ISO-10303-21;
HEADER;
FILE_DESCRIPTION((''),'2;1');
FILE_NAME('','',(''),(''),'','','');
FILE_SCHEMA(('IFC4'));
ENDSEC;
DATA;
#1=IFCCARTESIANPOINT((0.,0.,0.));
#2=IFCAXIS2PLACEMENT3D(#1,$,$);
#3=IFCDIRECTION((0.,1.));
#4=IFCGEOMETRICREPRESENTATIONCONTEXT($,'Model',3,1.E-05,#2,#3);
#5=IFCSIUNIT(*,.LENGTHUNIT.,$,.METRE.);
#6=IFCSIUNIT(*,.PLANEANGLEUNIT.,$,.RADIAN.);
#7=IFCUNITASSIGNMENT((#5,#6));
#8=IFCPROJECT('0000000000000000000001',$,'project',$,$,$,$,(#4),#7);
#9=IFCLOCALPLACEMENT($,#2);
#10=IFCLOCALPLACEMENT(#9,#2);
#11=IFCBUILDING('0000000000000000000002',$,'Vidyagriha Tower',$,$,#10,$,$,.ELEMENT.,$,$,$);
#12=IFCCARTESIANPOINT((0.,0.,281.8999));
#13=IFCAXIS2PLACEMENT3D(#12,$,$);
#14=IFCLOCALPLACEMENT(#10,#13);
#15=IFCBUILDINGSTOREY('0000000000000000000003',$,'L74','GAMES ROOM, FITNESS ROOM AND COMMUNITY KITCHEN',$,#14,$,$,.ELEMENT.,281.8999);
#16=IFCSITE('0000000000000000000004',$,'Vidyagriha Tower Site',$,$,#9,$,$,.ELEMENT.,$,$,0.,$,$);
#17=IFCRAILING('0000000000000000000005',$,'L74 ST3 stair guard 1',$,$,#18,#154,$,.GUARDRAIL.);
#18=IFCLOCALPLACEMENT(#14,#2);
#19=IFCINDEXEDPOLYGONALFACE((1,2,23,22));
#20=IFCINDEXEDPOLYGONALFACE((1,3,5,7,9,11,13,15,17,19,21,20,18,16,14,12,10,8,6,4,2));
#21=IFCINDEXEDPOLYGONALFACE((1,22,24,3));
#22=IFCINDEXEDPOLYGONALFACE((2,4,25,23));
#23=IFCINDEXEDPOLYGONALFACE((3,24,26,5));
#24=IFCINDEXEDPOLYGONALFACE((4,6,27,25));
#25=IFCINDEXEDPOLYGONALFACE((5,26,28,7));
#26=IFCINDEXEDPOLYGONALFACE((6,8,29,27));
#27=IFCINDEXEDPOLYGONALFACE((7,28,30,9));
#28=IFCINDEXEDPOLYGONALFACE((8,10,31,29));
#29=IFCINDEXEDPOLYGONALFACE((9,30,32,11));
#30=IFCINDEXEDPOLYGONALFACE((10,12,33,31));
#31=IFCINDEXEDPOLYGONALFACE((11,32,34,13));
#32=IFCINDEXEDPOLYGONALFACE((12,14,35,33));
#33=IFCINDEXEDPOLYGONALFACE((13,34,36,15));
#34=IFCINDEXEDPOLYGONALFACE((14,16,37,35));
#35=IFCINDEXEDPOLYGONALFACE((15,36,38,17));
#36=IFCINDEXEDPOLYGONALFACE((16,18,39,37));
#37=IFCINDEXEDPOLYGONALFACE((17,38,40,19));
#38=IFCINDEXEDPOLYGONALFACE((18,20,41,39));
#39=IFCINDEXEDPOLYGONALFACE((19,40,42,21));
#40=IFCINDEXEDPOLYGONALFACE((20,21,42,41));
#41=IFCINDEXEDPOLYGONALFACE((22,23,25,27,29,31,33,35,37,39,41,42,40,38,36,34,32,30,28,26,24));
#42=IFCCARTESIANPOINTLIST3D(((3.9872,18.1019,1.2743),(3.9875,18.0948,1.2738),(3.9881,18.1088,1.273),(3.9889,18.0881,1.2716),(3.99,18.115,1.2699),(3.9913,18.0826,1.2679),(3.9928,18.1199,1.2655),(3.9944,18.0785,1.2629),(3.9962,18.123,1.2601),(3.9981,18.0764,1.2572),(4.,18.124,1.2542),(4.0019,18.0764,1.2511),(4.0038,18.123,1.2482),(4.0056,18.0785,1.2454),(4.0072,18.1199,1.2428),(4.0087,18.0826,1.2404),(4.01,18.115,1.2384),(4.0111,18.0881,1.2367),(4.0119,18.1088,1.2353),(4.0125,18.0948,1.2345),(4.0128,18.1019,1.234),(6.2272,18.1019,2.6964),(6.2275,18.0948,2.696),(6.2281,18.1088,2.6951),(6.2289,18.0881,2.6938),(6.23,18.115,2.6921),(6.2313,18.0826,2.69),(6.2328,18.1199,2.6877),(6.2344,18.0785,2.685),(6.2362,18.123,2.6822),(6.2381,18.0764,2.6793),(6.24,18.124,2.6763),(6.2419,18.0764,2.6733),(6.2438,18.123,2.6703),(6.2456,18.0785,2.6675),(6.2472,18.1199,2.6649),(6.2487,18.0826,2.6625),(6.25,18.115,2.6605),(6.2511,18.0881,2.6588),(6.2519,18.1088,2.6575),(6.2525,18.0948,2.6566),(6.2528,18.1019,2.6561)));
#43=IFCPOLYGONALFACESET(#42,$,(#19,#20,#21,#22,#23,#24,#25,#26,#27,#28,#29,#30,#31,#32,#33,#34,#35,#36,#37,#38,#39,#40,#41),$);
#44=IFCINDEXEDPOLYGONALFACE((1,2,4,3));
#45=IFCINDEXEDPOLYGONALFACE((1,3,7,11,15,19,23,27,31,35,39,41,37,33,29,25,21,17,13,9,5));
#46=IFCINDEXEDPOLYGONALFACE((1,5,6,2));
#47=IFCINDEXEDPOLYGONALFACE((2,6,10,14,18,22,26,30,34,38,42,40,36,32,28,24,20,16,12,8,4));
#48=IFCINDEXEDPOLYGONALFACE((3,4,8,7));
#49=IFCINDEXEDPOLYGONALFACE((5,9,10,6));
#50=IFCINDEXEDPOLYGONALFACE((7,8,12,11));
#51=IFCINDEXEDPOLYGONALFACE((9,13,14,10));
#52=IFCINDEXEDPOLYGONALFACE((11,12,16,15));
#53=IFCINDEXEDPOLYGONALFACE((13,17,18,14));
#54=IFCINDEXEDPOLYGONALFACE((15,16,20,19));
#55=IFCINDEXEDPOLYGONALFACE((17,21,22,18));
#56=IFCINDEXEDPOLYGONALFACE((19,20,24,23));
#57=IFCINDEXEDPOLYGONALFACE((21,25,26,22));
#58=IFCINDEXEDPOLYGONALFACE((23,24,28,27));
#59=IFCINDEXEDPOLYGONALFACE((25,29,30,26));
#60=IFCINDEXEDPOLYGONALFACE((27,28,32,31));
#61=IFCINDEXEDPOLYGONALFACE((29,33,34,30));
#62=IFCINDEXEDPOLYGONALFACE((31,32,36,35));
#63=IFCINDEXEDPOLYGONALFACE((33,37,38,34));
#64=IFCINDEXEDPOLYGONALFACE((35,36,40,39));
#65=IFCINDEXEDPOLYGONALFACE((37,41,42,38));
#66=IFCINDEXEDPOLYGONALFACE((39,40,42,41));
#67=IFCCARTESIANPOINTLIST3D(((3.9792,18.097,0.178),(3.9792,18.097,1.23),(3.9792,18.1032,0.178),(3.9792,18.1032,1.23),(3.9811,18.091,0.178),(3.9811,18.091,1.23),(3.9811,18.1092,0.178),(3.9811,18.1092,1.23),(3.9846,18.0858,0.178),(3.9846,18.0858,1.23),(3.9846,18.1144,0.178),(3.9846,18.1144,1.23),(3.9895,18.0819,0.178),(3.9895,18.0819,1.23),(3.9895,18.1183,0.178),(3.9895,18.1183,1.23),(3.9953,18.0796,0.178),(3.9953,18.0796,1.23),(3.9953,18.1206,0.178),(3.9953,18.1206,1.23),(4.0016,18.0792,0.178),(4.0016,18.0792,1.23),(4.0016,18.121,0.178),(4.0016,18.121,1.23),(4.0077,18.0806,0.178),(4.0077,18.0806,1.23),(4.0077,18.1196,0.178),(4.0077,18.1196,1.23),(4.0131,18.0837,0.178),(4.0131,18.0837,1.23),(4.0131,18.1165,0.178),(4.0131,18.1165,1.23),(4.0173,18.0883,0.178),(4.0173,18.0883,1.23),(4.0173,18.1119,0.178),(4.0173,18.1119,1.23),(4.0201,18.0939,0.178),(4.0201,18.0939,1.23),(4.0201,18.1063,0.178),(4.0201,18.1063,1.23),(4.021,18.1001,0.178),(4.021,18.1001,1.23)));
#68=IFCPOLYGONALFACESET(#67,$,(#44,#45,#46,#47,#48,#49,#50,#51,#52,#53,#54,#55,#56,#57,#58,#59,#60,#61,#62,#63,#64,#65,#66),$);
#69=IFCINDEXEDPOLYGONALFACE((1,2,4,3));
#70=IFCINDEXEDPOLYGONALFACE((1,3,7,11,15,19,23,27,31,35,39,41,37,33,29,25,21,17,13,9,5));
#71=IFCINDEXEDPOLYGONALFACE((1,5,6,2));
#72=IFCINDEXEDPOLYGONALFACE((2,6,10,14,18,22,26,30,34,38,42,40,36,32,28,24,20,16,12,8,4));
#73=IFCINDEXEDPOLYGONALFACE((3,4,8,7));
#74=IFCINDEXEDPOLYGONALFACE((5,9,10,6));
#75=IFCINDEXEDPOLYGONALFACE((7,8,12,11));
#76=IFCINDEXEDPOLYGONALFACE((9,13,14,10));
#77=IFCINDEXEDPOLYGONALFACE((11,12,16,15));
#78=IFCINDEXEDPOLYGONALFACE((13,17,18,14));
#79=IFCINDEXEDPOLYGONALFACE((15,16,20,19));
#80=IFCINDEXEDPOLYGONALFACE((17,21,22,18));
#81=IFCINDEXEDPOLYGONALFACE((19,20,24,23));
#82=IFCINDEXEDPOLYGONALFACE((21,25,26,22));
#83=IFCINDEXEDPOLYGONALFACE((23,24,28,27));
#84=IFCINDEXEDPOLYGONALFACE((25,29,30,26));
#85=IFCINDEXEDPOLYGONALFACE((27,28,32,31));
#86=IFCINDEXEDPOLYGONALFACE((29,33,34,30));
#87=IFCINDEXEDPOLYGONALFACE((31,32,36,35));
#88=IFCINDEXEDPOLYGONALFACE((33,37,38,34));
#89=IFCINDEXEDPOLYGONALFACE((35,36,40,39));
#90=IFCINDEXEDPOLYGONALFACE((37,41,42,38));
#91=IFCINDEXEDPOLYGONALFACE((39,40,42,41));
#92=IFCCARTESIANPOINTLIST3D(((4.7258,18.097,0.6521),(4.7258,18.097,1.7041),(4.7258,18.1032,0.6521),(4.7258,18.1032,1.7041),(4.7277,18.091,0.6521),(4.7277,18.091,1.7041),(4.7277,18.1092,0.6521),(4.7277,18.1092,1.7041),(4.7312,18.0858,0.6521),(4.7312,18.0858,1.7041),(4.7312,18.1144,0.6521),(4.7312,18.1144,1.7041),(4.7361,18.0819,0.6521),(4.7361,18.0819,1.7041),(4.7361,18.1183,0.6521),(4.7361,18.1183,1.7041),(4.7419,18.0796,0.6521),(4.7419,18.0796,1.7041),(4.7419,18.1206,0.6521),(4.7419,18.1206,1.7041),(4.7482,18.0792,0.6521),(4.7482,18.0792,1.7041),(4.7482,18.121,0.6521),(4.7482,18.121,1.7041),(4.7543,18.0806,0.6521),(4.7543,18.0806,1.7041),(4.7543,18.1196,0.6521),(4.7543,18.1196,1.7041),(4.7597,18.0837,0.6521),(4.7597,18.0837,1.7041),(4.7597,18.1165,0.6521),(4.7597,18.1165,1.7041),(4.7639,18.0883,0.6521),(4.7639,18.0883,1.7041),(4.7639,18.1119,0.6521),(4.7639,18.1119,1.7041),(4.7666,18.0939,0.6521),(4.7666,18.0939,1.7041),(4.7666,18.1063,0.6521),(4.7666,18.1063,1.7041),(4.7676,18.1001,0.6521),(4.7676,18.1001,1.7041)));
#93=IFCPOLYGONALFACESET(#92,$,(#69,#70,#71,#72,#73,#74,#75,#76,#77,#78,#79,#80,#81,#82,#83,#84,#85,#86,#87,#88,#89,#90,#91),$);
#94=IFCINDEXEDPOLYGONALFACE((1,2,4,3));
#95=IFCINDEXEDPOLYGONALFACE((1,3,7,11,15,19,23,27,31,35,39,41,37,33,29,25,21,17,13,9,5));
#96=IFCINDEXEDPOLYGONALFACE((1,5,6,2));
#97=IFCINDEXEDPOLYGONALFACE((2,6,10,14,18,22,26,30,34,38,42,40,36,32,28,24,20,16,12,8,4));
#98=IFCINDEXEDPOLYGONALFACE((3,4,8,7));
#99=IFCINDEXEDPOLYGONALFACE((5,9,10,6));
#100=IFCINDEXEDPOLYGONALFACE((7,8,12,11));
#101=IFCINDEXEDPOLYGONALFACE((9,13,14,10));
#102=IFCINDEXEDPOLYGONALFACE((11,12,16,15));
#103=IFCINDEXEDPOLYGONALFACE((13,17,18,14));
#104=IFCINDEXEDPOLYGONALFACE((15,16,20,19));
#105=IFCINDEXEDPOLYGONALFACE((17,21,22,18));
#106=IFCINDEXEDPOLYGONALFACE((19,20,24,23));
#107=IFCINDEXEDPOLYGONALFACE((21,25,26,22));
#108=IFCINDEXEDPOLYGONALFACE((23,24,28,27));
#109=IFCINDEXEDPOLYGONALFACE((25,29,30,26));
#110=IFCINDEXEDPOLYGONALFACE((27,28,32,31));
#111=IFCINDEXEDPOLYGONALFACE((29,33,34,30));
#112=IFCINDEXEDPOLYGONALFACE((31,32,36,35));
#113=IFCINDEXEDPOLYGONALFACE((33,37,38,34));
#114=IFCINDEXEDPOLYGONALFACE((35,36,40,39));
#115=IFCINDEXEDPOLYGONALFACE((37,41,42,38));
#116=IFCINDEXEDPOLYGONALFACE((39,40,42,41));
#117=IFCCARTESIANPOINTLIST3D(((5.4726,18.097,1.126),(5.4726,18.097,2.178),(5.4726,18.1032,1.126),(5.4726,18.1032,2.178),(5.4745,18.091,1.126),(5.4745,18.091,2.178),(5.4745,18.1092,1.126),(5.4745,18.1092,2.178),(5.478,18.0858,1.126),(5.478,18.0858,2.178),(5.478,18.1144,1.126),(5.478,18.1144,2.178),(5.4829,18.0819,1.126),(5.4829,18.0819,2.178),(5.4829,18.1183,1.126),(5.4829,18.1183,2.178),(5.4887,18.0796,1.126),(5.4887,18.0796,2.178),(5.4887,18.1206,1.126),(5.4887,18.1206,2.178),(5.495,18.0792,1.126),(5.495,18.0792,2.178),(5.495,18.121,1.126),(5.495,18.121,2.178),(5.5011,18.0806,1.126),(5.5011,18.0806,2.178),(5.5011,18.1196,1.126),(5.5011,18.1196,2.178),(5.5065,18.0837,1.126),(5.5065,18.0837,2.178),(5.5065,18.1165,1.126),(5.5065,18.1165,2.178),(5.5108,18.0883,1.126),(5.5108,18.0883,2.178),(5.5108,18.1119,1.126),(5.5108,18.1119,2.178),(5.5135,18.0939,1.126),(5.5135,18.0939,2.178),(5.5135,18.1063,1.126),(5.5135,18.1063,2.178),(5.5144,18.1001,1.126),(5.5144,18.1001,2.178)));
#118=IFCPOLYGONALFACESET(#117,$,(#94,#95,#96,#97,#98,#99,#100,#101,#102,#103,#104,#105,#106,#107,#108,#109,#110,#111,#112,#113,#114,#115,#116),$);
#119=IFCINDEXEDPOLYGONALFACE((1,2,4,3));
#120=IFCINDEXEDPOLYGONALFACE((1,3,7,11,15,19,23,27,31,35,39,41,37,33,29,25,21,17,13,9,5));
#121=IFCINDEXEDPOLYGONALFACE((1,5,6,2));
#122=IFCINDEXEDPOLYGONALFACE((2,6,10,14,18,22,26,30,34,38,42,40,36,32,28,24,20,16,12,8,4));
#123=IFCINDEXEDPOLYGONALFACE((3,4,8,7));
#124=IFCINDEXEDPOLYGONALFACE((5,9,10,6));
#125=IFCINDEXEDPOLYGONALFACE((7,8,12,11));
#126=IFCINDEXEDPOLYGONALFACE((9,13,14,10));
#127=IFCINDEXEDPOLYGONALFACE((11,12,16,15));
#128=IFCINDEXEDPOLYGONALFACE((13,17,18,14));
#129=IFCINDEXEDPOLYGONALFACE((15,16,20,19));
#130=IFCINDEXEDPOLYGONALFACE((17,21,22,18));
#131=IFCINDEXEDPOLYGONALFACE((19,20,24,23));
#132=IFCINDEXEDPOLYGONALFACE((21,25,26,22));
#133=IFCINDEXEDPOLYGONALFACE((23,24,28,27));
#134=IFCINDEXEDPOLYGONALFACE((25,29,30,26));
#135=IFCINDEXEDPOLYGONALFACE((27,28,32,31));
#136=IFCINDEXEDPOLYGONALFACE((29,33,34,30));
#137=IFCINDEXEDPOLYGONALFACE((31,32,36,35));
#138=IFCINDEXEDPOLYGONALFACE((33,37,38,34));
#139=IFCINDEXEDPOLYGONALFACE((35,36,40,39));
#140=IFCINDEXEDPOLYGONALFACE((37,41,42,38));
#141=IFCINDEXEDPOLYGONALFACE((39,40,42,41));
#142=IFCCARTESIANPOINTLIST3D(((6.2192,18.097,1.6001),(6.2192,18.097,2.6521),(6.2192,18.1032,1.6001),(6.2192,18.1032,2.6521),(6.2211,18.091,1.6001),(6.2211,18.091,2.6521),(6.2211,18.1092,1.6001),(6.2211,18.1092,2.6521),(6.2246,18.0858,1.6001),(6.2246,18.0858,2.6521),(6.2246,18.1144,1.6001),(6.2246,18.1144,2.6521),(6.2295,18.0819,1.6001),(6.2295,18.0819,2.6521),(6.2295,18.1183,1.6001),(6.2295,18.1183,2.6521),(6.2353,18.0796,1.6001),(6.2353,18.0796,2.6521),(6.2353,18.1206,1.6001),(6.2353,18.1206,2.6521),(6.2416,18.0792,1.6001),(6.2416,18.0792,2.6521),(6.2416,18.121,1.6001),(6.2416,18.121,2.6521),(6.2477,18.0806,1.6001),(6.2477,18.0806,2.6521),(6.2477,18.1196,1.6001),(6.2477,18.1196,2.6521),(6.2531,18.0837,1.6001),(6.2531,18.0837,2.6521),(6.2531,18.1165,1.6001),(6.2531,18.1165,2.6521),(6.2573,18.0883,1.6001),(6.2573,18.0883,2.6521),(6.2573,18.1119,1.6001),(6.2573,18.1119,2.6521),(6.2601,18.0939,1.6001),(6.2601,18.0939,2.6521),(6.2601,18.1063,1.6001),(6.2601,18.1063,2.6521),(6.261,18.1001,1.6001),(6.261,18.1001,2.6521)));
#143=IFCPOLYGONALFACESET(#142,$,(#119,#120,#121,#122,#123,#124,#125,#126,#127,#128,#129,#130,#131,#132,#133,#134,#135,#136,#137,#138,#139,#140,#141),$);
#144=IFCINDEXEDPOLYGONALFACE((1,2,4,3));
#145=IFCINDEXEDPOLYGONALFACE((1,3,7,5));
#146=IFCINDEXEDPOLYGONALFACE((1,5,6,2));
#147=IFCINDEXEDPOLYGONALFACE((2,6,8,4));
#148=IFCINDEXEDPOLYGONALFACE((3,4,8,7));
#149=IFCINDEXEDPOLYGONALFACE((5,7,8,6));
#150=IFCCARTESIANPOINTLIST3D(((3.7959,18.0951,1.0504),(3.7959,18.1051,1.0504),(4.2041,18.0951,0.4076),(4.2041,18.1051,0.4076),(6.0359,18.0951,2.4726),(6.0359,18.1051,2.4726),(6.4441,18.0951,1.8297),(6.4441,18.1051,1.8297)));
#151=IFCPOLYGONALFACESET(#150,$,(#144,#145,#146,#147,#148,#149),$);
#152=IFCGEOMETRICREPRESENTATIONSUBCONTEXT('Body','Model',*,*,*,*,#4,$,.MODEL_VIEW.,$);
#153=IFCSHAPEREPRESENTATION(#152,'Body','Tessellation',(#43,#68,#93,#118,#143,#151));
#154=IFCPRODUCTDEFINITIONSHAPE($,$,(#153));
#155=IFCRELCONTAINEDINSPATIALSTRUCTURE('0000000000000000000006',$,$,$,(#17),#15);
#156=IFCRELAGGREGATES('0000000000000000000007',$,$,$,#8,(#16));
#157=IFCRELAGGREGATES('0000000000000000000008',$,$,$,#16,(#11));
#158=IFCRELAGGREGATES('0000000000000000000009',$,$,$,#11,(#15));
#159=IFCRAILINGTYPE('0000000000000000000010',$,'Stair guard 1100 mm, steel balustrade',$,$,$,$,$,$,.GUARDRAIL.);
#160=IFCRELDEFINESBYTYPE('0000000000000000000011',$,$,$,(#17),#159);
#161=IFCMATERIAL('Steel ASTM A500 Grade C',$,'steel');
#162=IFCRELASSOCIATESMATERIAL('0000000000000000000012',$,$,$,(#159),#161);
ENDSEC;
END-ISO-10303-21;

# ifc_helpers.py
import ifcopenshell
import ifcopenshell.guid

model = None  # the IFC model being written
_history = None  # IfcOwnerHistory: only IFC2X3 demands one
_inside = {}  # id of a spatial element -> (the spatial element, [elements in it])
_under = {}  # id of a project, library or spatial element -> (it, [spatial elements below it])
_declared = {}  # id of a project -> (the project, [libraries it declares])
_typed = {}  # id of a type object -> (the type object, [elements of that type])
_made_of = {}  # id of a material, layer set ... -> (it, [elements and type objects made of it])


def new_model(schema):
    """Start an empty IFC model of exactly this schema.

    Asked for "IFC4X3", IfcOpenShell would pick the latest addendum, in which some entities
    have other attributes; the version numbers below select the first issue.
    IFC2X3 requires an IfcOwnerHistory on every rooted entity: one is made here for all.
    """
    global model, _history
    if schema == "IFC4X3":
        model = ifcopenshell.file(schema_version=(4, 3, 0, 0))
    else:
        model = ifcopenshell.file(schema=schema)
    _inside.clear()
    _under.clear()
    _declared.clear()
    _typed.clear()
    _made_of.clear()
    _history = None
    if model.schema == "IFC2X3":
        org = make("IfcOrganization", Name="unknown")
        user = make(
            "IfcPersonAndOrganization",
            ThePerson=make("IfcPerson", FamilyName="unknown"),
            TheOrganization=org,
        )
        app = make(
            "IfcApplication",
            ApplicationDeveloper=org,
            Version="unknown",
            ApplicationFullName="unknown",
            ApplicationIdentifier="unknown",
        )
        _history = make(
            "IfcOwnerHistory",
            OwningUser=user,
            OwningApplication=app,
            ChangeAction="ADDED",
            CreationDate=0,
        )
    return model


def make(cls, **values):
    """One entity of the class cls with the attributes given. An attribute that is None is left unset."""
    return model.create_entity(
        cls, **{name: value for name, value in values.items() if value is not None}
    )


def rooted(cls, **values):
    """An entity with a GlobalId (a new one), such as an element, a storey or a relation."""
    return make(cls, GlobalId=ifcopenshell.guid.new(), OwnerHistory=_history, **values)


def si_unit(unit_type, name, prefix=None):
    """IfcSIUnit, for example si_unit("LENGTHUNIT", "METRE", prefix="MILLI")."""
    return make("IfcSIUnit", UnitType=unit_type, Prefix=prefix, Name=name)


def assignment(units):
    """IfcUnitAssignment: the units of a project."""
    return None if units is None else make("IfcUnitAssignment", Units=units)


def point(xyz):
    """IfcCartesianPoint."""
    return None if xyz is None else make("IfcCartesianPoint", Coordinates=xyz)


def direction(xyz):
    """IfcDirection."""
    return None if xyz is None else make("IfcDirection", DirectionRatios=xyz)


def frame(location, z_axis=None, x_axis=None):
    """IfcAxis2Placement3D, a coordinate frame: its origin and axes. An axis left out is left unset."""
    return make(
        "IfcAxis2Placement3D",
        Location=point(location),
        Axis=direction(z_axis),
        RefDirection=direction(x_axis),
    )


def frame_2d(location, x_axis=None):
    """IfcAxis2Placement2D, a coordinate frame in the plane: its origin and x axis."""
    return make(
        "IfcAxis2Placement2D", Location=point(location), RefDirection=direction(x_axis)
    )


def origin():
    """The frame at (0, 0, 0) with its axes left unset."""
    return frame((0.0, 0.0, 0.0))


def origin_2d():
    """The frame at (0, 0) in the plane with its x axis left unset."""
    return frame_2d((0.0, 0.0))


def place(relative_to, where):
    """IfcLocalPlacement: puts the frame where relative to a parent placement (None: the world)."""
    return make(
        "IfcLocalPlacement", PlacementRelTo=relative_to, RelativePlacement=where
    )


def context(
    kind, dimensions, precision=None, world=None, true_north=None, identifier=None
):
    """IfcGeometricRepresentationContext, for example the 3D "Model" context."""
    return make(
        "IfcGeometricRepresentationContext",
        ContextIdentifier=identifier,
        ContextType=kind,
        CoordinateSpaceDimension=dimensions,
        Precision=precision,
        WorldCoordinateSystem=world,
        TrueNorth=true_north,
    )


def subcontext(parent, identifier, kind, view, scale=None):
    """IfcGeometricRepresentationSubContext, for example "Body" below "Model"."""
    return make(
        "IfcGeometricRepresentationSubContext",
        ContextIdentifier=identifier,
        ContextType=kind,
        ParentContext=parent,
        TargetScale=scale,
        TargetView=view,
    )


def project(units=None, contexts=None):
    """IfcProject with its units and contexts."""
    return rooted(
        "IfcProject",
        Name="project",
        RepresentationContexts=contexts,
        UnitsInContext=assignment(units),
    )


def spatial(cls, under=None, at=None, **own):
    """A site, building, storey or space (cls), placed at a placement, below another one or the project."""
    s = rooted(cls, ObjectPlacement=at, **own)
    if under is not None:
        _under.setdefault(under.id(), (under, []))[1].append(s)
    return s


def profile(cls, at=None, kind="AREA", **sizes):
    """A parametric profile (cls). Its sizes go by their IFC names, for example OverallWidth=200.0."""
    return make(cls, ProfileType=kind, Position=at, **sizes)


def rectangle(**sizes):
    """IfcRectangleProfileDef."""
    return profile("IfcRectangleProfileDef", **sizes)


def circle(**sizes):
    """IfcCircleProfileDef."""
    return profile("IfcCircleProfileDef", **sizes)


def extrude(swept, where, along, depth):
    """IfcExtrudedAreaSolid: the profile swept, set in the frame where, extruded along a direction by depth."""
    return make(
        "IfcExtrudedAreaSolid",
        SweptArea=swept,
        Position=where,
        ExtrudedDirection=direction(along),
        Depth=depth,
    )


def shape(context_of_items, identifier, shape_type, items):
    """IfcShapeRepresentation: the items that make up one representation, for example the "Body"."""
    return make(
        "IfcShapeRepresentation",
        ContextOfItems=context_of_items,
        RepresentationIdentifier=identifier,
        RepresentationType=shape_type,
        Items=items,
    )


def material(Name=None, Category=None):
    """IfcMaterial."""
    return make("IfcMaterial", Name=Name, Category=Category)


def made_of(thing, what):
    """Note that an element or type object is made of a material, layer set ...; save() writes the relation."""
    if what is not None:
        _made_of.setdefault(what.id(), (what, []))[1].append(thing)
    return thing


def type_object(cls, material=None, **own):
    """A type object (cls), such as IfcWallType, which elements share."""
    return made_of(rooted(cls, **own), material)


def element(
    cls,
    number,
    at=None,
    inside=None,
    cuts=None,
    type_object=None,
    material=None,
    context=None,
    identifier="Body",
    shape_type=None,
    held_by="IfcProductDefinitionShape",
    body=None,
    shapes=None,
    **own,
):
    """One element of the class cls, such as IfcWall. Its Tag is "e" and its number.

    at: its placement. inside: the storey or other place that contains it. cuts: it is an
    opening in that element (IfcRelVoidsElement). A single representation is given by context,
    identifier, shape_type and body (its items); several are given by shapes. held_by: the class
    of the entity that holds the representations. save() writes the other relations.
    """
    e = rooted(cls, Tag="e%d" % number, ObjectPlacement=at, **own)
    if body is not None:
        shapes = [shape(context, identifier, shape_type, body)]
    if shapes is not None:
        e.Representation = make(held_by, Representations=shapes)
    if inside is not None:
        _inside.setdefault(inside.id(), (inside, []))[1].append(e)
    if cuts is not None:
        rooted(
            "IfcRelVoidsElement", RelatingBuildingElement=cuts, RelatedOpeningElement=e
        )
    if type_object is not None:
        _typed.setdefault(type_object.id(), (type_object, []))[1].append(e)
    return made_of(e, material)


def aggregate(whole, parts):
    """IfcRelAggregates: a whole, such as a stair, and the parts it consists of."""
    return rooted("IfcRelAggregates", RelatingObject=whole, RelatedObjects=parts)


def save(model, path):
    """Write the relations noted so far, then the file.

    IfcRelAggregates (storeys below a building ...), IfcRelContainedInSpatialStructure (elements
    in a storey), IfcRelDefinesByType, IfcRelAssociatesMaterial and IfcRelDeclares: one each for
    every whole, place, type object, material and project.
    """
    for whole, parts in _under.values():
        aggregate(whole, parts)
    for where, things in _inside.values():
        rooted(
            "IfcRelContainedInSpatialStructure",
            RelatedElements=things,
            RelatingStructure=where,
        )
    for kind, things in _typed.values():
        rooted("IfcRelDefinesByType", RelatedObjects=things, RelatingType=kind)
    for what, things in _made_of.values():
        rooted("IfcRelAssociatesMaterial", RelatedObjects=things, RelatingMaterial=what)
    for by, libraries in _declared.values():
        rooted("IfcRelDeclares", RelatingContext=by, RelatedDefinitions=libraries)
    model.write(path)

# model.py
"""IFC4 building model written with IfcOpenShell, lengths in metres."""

from ifc_helpers import new_model, si_unit, direction, frame, origin, origin_2d, place, context, subcontext, project, spatial, rectangle, circle, extrude, material, type_object, element, save


model = new_model("IFC4")

# Units and contexts
model_context = context("Model", 3, precision=1e-05, world=origin(), true_north=direction((0.0, 1.0)))
body_context = subcontext(model_context, "Body", "Model", "MODEL_VIEW")
ifc_project = project(units=[si_unit("LENGTHUNIT", "METRE"), si_unit("PLANEANGLEUNIT", "RADIAN")], contexts=[model_context])

# Site, building, storey
site_placement = place(None, origin())
site = spatial("IfcSite", under=ifc_project, at=site_placement, Name="Vidyagriha Tower Site", CompositionType="ELEMENT", RefElevation=0.0)
building_placement = place(site_placement, origin())
building = spatial("IfcBuilding", under=site, at=building_placement, Name="Vidyagriha Tower", CompositionType="ELEMENT")
storey_placement = place(building_placement, frame((0.0, 0.0, 281.8999)))
storey = spatial("IfcBuildingStorey", under=building, at=storey_placement, Name="L74", Description="GAMES ROOM, FITNESS ROOM AND COMMUNITY KITCHEN", CompositionType="ELEMENT", Elevation=281.8999)

# Railing
ifc_material_1 = material(Name="Steel ASTM A500 Grade C", Category="steel")
railing_type_1 = type_object("IfcRailingType", Name="Stair guard 1100 mm, steel balustrade", PredefinedType="GUARDRAIL", material=ifc_material_1)
railing_1_placement = place(storey_placement, frame((4.0, 18.1001, 0.178)))
element("IfcRailing", 1, at=railing_1_placement, inside=storey, type_object=railing_type_1, Name="L74 ST3 stair guard 1", PredefinedType="GUARDRAIL", context=body_context, shape_type="SweptSolid", body=[
    extrude(circle(Radius=0.0239, at=origin_2d()), frame((0.0, 0.0, 1.0762), z_axis=(0.844229, 0.0, 0.535982), x_axis=(0.0, 1.0, 0.0)), (0.0, 0.0, 1.0), 2.6533),
    extrude(circle(Radius=0.021, at=origin_2d()), origin(), (0.0, 0.0, 1.0), 1.052),
    extrude(circle(Radius=0.021, at=origin_2d()), frame((0.7466, 0.0, 0.4741)), (0.0, 0.0, 1.0), 1.052),
    extrude(circle(Radius=0.021, at=origin_2d()), frame((1.4934, 0.0, 0.948)), (0.0, 0.0, 1.0), 1.052),
    extrude(circle(Radius=0.021, at=origin_2d()), frame((2.24, 0.0, 1.4221)), (0.0, 0.0, 1.0), 1.052),
    extrude(rectangle(XDim=0.01, YDim=0.7615, at=origin_2d()), frame((0.0, 0.0, 0.551), z_axis=(0.844229, 0.0, 0.535982), x_axis=(0.0, 1.0, 0.0)), (0.0, 0.0, 1.0), 2.6533),
])

save(model, "model.ifc")
